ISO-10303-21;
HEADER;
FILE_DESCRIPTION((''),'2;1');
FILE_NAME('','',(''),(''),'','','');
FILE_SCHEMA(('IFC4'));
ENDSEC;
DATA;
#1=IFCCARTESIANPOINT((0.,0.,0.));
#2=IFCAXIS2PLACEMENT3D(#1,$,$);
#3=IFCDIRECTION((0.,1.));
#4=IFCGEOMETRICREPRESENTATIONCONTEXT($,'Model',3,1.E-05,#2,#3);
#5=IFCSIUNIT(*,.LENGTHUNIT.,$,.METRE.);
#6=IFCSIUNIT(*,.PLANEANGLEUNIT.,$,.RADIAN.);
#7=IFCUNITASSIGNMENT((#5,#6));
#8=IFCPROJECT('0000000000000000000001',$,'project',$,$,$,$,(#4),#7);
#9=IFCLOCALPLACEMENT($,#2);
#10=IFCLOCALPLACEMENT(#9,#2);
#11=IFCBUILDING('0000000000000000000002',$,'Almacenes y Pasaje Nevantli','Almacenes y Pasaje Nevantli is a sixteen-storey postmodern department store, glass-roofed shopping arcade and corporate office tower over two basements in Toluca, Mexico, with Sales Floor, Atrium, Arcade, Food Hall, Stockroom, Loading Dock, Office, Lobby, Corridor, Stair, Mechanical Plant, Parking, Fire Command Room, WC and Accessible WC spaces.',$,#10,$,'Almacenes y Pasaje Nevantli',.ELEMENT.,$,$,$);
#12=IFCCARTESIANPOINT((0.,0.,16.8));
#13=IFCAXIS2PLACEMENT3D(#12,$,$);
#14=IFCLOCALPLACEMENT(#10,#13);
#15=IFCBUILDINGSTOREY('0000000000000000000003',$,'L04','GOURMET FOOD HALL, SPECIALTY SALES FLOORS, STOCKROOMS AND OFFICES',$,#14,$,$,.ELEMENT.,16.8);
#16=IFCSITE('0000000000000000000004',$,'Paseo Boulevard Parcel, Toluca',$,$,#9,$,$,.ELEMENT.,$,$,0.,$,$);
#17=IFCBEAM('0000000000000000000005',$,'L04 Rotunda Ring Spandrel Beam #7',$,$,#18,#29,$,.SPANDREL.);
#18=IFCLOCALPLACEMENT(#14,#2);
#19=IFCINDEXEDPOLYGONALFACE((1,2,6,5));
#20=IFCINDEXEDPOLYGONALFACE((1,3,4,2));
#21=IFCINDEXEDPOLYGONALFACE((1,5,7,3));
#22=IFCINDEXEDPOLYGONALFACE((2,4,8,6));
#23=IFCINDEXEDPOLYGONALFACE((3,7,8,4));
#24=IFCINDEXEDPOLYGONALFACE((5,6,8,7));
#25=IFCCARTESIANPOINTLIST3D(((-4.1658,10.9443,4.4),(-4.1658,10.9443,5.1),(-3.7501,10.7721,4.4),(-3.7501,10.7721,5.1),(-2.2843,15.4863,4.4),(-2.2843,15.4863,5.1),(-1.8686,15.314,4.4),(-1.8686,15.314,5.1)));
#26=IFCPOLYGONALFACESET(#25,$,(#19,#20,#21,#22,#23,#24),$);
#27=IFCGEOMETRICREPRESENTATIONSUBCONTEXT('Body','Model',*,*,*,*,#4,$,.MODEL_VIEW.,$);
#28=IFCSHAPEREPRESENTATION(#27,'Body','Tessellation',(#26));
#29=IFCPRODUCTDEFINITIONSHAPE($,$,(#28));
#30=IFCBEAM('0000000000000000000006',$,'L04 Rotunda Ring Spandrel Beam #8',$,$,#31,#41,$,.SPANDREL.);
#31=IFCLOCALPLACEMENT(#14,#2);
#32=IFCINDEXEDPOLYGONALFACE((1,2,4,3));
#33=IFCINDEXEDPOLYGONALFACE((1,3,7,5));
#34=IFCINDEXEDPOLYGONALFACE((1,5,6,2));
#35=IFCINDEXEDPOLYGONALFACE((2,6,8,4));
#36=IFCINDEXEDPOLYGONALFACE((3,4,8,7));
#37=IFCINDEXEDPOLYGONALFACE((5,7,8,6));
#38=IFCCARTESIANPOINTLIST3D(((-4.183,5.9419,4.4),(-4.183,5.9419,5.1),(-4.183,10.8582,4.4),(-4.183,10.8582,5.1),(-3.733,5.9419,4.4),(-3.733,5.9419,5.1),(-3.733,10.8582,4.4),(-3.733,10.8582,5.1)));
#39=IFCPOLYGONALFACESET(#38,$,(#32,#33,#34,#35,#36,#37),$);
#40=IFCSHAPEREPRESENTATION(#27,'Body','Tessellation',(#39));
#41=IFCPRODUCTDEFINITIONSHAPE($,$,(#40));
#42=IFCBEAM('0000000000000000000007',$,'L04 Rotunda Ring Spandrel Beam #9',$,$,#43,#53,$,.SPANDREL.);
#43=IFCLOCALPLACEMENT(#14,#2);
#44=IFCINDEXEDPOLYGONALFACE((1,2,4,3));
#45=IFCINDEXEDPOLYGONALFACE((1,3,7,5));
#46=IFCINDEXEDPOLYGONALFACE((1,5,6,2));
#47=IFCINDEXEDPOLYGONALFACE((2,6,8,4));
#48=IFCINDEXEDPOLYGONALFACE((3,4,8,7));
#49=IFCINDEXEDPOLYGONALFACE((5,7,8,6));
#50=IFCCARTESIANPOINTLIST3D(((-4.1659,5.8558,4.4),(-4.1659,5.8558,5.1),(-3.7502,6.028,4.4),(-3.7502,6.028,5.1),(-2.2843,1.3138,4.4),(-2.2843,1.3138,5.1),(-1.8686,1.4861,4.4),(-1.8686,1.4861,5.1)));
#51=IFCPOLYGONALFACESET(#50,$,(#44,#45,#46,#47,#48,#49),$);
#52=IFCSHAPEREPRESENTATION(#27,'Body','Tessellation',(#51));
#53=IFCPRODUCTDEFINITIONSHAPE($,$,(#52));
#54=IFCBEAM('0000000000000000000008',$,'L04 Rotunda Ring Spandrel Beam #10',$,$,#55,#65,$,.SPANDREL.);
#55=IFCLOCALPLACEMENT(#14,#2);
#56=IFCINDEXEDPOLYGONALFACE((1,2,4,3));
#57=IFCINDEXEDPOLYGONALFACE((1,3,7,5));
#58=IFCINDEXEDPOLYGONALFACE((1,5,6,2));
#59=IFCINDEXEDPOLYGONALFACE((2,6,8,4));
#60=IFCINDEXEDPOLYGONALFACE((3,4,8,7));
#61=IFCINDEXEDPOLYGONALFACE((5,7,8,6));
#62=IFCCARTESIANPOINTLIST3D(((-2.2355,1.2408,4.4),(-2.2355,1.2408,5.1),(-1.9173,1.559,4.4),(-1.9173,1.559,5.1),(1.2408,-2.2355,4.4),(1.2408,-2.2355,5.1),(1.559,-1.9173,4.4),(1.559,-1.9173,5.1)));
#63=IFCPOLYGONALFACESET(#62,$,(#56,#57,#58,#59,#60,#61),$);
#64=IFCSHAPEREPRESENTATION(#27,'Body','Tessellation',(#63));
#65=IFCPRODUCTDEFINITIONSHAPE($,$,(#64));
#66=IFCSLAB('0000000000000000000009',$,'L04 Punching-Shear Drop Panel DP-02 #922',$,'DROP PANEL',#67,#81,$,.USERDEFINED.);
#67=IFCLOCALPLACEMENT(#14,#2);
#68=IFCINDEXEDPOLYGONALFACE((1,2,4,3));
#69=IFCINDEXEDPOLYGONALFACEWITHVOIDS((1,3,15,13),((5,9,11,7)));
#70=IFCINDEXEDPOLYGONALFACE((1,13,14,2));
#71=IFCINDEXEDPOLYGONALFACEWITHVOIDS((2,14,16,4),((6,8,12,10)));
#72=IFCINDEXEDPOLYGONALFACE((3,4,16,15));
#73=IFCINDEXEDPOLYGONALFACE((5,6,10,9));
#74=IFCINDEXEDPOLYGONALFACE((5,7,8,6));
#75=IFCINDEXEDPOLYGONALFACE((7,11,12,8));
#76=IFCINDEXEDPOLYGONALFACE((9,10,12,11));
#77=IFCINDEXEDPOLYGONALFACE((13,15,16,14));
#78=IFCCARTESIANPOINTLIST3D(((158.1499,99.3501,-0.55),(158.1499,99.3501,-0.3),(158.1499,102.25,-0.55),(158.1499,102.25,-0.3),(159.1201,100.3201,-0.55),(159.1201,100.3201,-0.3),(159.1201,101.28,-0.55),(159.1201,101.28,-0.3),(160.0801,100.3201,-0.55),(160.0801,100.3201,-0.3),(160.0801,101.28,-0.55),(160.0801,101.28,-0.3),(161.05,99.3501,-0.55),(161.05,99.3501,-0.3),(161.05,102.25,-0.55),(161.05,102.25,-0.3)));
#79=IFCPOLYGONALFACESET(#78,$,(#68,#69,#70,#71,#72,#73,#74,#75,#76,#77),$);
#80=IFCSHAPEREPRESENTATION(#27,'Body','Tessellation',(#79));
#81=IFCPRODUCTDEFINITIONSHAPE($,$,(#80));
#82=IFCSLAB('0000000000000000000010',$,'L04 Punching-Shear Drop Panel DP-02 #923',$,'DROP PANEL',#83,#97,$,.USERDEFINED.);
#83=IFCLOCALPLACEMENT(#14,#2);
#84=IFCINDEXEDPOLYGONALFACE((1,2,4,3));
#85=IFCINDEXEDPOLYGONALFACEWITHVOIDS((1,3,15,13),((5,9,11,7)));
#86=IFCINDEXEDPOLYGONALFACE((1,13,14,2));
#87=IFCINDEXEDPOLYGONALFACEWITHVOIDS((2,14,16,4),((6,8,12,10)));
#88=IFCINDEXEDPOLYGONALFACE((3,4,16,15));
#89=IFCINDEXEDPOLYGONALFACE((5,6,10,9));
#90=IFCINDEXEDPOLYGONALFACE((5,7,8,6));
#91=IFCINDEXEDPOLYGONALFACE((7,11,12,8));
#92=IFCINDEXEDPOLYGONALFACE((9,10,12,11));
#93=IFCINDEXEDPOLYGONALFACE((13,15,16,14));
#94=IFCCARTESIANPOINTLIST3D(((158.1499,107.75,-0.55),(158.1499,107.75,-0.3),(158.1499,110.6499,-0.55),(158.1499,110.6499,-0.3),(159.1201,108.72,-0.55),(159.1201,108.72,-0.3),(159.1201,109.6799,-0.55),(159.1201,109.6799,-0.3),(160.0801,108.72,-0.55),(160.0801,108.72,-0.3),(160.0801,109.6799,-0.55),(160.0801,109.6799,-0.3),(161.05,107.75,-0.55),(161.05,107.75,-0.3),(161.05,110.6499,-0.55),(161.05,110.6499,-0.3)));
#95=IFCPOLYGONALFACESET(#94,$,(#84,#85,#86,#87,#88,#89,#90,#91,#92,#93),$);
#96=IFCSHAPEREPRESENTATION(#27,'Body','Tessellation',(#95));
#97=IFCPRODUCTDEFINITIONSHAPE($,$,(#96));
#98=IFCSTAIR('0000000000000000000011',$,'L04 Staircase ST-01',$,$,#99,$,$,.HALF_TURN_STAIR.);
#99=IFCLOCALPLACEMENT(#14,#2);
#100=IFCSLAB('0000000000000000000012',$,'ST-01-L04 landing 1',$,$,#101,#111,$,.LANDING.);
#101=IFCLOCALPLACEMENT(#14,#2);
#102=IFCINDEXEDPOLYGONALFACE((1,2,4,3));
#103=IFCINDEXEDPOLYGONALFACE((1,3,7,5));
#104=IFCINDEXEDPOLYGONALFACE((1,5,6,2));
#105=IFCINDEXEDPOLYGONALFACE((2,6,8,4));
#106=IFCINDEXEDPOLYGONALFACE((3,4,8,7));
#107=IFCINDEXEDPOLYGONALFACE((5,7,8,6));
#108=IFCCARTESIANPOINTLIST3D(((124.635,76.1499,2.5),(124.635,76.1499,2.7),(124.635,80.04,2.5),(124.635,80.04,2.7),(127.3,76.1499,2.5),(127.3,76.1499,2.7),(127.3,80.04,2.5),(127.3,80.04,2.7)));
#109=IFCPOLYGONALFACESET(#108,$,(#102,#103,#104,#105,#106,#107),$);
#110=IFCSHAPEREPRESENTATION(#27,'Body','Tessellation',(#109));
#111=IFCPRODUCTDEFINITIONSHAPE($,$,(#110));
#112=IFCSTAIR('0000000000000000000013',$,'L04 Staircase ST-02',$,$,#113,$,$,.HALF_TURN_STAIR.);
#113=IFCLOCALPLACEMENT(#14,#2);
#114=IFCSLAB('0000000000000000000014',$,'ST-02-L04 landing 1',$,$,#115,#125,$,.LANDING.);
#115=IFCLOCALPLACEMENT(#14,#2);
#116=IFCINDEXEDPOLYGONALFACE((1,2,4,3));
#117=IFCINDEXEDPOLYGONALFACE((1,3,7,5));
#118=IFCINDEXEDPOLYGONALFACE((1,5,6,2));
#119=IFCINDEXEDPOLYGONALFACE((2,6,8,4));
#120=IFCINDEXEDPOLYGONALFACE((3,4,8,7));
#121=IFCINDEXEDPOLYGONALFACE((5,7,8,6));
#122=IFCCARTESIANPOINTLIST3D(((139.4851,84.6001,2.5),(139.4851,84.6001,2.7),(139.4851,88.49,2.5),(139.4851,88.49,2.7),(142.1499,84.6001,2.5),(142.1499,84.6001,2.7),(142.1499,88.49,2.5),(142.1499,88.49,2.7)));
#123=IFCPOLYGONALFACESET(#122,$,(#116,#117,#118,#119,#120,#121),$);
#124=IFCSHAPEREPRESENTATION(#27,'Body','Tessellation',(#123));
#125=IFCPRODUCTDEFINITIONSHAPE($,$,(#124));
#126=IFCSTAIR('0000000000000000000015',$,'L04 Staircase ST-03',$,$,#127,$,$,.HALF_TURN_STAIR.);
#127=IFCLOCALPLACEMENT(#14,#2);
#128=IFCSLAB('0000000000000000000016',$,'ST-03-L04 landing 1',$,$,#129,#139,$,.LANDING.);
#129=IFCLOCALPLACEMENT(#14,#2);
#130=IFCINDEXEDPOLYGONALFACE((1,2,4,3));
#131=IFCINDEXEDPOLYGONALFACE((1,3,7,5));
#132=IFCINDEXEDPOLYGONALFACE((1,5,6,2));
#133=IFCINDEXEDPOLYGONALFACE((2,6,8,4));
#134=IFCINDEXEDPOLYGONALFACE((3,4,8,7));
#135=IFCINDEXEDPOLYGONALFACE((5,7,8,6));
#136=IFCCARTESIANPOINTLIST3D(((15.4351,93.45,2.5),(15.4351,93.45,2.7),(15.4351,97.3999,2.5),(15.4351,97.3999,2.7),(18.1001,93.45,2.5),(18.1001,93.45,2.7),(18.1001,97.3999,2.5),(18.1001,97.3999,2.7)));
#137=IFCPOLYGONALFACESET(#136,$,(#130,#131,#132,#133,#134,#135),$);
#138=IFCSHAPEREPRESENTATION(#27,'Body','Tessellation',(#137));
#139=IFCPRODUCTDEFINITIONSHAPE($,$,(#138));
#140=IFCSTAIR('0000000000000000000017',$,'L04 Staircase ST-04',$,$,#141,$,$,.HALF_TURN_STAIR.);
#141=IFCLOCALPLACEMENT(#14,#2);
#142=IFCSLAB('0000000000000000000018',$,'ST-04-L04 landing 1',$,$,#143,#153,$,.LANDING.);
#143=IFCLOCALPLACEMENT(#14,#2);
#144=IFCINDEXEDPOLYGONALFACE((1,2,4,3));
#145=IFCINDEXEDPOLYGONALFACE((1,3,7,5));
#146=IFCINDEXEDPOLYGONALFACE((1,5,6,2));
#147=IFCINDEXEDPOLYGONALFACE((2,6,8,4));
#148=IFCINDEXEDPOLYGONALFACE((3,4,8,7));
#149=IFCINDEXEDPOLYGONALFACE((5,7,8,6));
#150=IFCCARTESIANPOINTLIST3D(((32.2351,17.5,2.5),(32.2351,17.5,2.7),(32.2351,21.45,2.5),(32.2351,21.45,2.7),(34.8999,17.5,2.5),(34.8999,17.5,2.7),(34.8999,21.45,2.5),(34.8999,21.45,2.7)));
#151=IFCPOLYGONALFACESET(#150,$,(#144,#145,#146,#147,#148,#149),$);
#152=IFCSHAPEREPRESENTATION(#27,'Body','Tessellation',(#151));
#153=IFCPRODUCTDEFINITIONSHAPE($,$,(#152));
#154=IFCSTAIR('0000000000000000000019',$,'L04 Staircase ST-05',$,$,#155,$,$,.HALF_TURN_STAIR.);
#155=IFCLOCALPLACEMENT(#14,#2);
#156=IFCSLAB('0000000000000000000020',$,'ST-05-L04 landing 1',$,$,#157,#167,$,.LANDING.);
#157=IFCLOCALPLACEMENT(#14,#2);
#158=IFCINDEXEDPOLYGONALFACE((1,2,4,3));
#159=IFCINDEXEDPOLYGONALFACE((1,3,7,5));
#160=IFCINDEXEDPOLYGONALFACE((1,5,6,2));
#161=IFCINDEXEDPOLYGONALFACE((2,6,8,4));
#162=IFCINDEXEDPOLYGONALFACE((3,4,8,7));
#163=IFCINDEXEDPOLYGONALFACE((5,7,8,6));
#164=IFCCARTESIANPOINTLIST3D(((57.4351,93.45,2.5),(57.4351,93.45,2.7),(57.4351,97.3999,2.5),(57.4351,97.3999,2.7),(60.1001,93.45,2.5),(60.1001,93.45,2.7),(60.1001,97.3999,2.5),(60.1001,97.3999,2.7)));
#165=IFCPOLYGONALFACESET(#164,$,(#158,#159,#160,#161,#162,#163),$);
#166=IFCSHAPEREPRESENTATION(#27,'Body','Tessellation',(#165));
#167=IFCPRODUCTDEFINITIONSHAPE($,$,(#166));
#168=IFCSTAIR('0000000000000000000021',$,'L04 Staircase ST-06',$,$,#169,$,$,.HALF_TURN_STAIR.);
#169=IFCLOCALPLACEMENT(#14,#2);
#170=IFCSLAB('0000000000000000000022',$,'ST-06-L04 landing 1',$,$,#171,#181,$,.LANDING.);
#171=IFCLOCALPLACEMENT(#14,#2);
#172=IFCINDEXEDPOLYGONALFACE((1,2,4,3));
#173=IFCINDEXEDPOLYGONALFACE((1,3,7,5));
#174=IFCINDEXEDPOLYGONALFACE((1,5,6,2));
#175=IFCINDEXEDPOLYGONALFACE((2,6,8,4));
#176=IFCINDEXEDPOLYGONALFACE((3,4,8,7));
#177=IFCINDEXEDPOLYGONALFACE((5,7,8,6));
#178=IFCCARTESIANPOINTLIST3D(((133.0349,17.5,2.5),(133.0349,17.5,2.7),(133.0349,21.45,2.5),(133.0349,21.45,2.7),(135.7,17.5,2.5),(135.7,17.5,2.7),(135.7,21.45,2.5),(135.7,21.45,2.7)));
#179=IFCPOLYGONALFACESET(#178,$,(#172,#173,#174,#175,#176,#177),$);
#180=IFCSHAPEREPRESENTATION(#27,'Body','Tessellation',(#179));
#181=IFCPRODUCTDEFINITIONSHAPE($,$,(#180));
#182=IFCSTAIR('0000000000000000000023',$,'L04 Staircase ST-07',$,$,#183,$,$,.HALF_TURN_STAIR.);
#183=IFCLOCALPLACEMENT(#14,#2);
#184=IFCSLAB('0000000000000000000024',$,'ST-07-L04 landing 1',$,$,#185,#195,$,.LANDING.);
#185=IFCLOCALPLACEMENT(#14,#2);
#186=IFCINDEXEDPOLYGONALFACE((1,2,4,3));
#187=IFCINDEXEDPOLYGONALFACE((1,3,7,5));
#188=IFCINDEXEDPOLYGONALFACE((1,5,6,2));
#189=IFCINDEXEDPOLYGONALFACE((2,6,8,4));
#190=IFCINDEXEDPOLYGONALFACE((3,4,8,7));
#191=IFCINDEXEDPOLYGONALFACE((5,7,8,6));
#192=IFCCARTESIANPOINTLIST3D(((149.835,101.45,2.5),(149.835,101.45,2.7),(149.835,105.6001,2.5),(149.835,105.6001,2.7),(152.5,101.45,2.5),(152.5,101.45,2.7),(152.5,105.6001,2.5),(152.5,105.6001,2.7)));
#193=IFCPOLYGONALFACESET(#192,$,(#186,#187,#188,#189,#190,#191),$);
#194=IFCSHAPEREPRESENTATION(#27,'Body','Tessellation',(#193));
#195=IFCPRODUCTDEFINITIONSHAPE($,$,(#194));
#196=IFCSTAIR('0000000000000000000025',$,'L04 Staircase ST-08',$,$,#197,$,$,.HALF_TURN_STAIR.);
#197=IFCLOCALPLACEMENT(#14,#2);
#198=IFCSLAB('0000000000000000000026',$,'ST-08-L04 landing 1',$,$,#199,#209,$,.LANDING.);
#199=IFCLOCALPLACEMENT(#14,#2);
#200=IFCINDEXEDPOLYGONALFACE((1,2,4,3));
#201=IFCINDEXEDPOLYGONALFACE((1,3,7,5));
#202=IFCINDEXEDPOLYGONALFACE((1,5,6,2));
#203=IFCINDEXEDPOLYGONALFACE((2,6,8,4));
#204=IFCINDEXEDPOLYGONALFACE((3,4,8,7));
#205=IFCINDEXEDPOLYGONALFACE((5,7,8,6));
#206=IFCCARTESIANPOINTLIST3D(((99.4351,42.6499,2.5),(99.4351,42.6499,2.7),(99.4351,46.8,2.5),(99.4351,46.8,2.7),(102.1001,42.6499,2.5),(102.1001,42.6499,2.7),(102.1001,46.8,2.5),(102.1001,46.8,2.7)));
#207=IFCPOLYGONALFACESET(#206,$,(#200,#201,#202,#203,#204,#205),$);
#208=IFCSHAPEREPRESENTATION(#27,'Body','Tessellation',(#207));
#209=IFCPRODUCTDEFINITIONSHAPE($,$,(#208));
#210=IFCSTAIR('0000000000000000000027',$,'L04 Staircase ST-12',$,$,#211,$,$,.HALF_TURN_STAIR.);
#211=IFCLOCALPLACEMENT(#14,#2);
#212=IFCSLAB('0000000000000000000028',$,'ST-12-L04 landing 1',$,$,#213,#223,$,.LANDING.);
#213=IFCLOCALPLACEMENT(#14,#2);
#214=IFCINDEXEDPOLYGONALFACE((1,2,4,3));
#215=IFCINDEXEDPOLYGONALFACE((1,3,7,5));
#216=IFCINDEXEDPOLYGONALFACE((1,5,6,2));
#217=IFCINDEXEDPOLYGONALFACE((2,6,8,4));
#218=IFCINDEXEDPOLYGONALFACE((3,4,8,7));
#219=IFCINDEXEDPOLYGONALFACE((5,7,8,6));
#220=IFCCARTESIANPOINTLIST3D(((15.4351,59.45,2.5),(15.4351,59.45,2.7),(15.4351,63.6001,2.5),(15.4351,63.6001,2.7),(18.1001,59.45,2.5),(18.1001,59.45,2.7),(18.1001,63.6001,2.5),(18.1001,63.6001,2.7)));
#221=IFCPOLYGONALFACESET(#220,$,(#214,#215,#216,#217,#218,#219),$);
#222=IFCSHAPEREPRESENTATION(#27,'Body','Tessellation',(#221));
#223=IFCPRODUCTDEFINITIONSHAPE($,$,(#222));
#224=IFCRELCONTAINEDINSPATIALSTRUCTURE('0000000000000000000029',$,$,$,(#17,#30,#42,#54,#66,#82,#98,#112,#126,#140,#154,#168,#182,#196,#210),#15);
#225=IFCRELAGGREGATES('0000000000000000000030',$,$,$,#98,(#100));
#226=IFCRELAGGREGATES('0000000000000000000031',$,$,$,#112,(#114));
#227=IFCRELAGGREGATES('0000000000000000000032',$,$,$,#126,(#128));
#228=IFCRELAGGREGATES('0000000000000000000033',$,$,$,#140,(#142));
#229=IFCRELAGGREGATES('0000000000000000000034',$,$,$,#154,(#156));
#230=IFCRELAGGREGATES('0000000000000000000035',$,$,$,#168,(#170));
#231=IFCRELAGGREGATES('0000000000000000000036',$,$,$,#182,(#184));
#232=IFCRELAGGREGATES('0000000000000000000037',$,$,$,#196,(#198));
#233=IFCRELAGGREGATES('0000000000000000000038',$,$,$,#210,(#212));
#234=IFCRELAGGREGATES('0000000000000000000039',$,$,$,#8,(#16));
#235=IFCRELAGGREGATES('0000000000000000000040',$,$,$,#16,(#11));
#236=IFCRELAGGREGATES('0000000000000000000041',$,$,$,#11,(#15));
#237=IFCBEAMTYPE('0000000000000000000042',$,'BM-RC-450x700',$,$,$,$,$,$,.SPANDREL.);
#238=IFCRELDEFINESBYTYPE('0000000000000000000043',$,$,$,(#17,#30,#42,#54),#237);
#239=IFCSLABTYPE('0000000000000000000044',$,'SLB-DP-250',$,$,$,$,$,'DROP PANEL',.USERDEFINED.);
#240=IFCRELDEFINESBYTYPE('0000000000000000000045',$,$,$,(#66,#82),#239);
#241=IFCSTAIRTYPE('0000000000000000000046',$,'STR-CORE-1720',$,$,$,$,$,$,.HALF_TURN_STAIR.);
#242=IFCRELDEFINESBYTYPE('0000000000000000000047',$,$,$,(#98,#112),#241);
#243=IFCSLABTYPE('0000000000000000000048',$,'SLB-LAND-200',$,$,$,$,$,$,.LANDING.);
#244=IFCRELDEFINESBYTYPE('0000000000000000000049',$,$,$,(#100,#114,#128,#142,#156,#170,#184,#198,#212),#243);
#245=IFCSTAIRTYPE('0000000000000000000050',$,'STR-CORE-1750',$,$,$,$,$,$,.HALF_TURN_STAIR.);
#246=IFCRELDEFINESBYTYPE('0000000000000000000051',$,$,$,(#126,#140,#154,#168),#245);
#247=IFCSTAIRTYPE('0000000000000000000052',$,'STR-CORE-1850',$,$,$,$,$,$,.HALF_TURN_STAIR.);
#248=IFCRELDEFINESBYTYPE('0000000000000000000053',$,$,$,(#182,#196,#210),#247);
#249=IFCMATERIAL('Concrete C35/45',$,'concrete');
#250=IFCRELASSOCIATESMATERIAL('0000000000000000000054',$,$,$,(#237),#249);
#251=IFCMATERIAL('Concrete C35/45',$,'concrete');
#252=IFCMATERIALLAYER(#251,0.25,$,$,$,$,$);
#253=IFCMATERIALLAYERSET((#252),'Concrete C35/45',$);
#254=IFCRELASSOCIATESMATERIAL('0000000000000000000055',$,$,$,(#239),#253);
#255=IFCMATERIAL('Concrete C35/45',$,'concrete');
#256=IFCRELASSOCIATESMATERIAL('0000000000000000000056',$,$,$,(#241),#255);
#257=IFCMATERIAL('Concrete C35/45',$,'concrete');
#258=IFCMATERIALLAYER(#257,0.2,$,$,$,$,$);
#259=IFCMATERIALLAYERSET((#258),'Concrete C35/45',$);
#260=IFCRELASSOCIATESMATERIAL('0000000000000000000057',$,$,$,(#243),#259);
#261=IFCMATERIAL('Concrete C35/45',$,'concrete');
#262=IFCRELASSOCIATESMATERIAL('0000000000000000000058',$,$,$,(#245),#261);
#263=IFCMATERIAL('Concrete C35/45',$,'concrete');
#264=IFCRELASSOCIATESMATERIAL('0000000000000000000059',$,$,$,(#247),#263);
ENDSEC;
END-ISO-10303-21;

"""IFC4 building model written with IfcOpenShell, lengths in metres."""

from ifc_helpers import new_model, si_unit, direction, frame, origin, origin_2d, place, context, subcontext, project, spatial, polyline, rectangle, outline, extrude, material, layer, layer_set, material_profile, profile_set, type_object, element, aggregate, save


model = new_model("IFC4")

# Units and contexts
model_context = context("Model", 3, precision=1e-05, world=origin(), true_north=direction((0.0, 1.0)))
body_context = subcontext(model_context, "Body", "Model", "MODEL_VIEW")
ifc_project = project(units=[si_unit("LENGTHUNIT", "METRE"), si_unit("PLANEANGLEUNIT", "RADIAN")], contexts=[model_context])

# Site, building, storey
site_placement = place(None, origin())
site = spatial("IfcSite", under=ifc_project, at=site_placement, Name="Paseo Boulevard Parcel, Toluca", CompositionType="ELEMENT", RefElevation=0.0)
building_placement = place(site_placement, origin())
building = spatial("IfcBuilding", under=site, at=building_placement, Name="Almacenes y Pasaje Nevantli", Description="Almacenes y Pasaje Nevantli is a sixteen-storey postmodern department store, glass-roofed shopping arcade and corporate office tower over two basements in Toluca, Mexico, with Sales Floor, Atrium, Arcade, Food Hall, Stockroom, Loading Dock, Office, Lobby, Corridor, Stair, Mechanical Plant, Parking, Fire Command Room, WC and Accessible WC spaces.", LongName="Almacenes y Pasaje Nevantli", CompositionType="ELEMENT")
storey_placement = place(building_placement, frame((0.0, 0.0, 16.8)))
storey = spatial("IfcBuildingStorey", under=building, at=storey_placement, Name="L04", Description="GOURMET FOOD HALL, SPECIALTY SALES FLOORS, STOCKROOMS AND OFFICES", CompositionType="ELEMENT", Elevation=16.8)

# Beams
ifc_material_1 = material(Name="Concrete C35/45", Category="concrete")
ifc_material_profile_1 = material_profile(ifc_material_1, rectangle(XDim=0.45, YDim=0.7, at=origin_2d()), Name="RC-BM-450x700")
ifc_profile_set_1 = profile_set([ifc_material_profile_1], Name="Concrete C35/45")
beam_type = type_object("IfcBeamType", Name="BM-RC-450x700", PredefinedType="SPANDREL", material=ifc_profile_set_1)
for number, where, z_axis, x_axis, name in (
    (1, (-2.0764, 15.4001, 4.75), (-0.382725, -0.923862, 0.0), (0.923862, -0.382725, 0.0), "L04 Rotunda Ring Spandrel Beam #7"),
    (2, (-3.958, 10.8582, 4.75), (0.0, -1.0, 0.0), (1.0, 0.0, 0.0), "L04 Rotunda Ring Spandrel Beam #8"),
    (3, (-3.958, 5.9419, 4.75), (0.382725, -0.923862, 0.0), (0.923862, 0.382725, 0.0), "L04 Rotunda Ring Spandrel Beam #9"),
    (4, (-2.0764, 1.3999, 4.75), (0.707107, -0.707107, 0.0), (0.707107, 0.707107, 0.0), "L04 Rotunda Ring Spandrel Beam #10"),
):
    element("IfcBeam", number, at=place(storey_placement, frame(where, z_axis=z_axis, x_axis=x_axis)), inside=storey, type_object=beam_type, Name=name, PredefinedType="SPANDREL", context=body_context, shape_type="SweptSolid", body=[
        extrude(rectangle(XDim=0.45, YDim=0.7, at=origin_2d()), origin(), (0.0, 0.0, 1.0), 4.9163),
    ])

# Slabs
ifc_material_2 = material(Name="Concrete C35/45", Category="concrete")
ifc_layer_1 = layer(ifc_material_2, 0.25)
ifc_layer_set_1 = layer_set([ifc_layer_1], Name="Concrete C35/45")
slab_type_1 = type_object("IfcSlabType", Name="SLB-DP-250", ElementType="DROP PANEL", PredefinedType="USERDEFINED", material=ifc_layer_set_1)
slab_1_placement = place(storey_placement, frame((0.0, 0.0, -0.55)))
element("IfcSlab", 5, at=slab_1_placement, inside=storey, type_object=slab_type_1, Name="L04 Punching-Shear Drop Panel DP-02 #922", ObjectType="DROP PANEL", PredefinedType="USERDEFINED", context=body_context, shape_type="SweptSolid", body=[
    extrude(outline(polyline([(158.1499, 99.3501), (161.05, 99.3501), (161.05, 102.25), (158.1499, 102.25), (158.1499, 99.3501)]), holes=[polyline([(159.1201, 100.3201), (160.0801, 100.3201), (160.0801, 101.28), (159.1201, 101.28), (159.1201, 100.3201)])]), origin(), (0.0, 0.0, 1.0), 0.25),
])
slab_2_placement = place(storey_placement, frame((0.0, 0.0, -0.55)))
element("IfcSlab", 6, at=slab_2_placement, inside=storey, type_object=slab_type_1, Name="L04 Punching-Shear Drop Panel DP-02 #923", ObjectType="DROP PANEL", PredefinedType="USERDEFINED", context=body_context, shape_type="SweptSolid", body=[
    extrude(outline(polyline([(158.1499, 107.75), (161.05, 107.75), (161.05, 110.6499), (158.1499, 110.6499), (158.1499, 107.75)]), holes=[polyline([(159.1201, 108.72), (160.0801, 108.72), (160.0801, 109.6799), (159.1201, 109.6799), (159.1201, 108.72)])]), origin(), (0.0, 0.0, 1.0), 0.25),
])

# Stairs, slabs
ifc_material_3 = material(Name="Concrete C35/45", Category="concrete")
stair_type_1 = type_object("IfcStairType", Name="STR-CORE-1720", PredefinedType="HALF_TURN_STAIR", material=ifc_material_3)
stair_1_placement = place(storey_placement, origin())
stair_1 = element("IfcStair", 7, at=stair_1_placement, inside=storey, type_object=stair_type_1, Name="L04 Staircase ST-01", PredefinedType="HALF_TURN_STAIR")
ifc_material_4 = material(Name="Concrete C35/45", Category="concrete")
ifc_layer_2 = layer(ifc_material_4, 0.2)
ifc_layer_set_2 = layer_set([ifc_layer_2], Name="Concrete C35/45")
slab_type_2 = type_object("IfcSlabType", Name="SLB-LAND-200", PredefinedType="LANDING", material=ifc_layer_set_2)
slab_3_placement = place(storey_placement, frame((0.0, 0.0, 2.5)))
slab_3 = element("IfcSlab", 8, at=slab_3_placement, type_object=slab_type_2, Name="ST-01-L04 landing 1", PredefinedType="LANDING", context=body_context, shape_type="SweptSolid", body=[
    extrude(outline(polyline([(124.635, 76.1499), (127.3, 76.1499), (127.3, 80.04), (124.635, 80.04), (124.635, 76.1499)])), origin(), (0.0, 0.0, 1.0), 0.2),
])
aggregate(stair_1, [slab_3])
stair_2_placement = place(storey_placement, origin())
stair_2 = element("IfcStair", 9, at=stair_2_placement, inside=storey, type_object=stair_type_1, Name="L04 Staircase ST-02", PredefinedType="HALF_TURN_STAIR")
slab_4_placement = place(storey_placement, frame((0.0, 0.0, 2.5)))
slab_4 = element("IfcSlab", 10, at=slab_4_placement, type_object=slab_type_2, Name="ST-02-L04 landing 1", PredefinedType="LANDING", context=body_context, shape_type="SweptSolid", body=[
    extrude(outline(polyline([(139.4851, 84.6001), (142.1499, 84.6001), (142.1499, 88.49), (139.4851, 88.49), (139.4851, 84.6001)])), origin(), (0.0, 0.0, 1.0), 0.2),
])
aggregate(stair_2, [slab_4])
ifc_material_5 = material(Name="Concrete C35/45", Category="concrete")
stair_type_2 = type_object("IfcStairType", Name="STR-CORE-1750", PredefinedType="HALF_TURN_STAIR", material=ifc_material_5)
stair_3_placement = place(storey_placement, origin())
stair_3 = element("IfcStair", 11, at=stair_3_placement, inside=storey, type_object=stair_type_2, Name="L04 Staircase ST-03", PredefinedType="HALF_TURN_STAIR")
slab_5_placement = place(storey_placement, frame((0.0, 0.0, 2.5)))
slab_5 = element("IfcSlab", 12, at=slab_5_placement, type_object=slab_type_2, Name="ST-03-L04 landing 1", PredefinedType="LANDING", context=body_context, shape_type="SweptSolid", body=[
    extrude(outline(polyline([(15.4351, 93.45), (18.1001, 93.45), (18.1001, 97.3999), (15.4351, 97.3999), (15.4351, 93.45)])), origin(), (0.0, 0.0, 1.0), 0.2),
])
aggregate(stair_3, [slab_5])
stair_4_placement = place(storey_placement, origin())
stair_4 = element("IfcStair", 13, at=stair_4_placement, inside=storey, type_object=stair_type_2, Name="L04 Staircase ST-04", PredefinedType="HALF_TURN_STAIR")
slab_6_placement = place(storey_placement, frame((0.0, 0.0, 2.5)))
slab_6 = element("IfcSlab", 14, at=slab_6_placement, type_object=slab_type_2, Name="ST-04-L04 landing 1", PredefinedType="LANDING", context=body_context, shape_type="SweptSolid", body=[
    extrude(outline(polyline([(32.2351, 17.5), (34.8999, 17.5), (34.8999, 21.45), (32.2351, 21.45), (32.2351, 17.5)])), origin(), (0.0, 0.0, 1.0), 0.2),
])
aggregate(stair_4, [slab_6])
stair_5_placement = place(storey_placement, origin())
stair_5 = element("IfcStair", 15, at=stair_5_placement, inside=storey, type_object=stair_type_2, Name="L04 Staircase ST-05", PredefinedType="HALF_TURN_STAIR")
slab_7_placement = place(storey_placement, frame((0.0, 0.0, 2.5)))
slab_7 = element("IfcSlab", 16, at=slab_7_placement, type_object=slab_type_2, Name="ST-05-L04 landing 1", PredefinedType="LANDING", context=body_context, shape_type="SweptSolid", body=[
    extrude(outline(polyline([(57.4351, 93.45), (60.1001, 93.45), (60.1001, 97.3999), (57.4351, 97.3999), (57.4351, 93.45)])), origin(), (0.0, 0.0, 1.0), 0.2),
])
aggregate(stair_5, [slab_7])
stair_6_placement = place(storey_placement, origin())
stair_6 = element("IfcStair", 17, at=stair_6_placement, inside=storey, type_object=stair_type_2, Name="L04 Staircase ST-06", PredefinedType="HALF_TURN_STAIR")
slab_8_placement = place(storey_placement, frame((0.0, 0.0, 2.5)))
slab_8 = element("IfcSlab", 18, at=slab_8_placement, type_object=slab_type_2, Name="ST-06-L04 landing 1", PredefinedType="LANDING", context=body_context, shape_type="SweptSolid", body=[
    extrude(outline(polyline([(133.0349, 17.5), (135.7, 17.5), (135.7, 21.45), (133.0349, 21.45), (133.0349, 17.5)])), origin(), (0.0, 0.0, 1.0), 0.2),
])
aggregate(stair_6, [slab_8])
ifc_material_6 = material(Name="Concrete C35/45", Category="concrete")
stair_type_3 = type_object("IfcStairType", Name="STR-CORE-1850", PredefinedType="HALF_TURN_STAIR", material=ifc_material_6)
stair_7_placement = place(storey_placement, origin())
stair_7 = element("IfcStair", 19, at=stair_7_placement, inside=storey, type_object=stair_type_3, Name="L04 Staircase ST-07", PredefinedType="HALF_TURN_STAIR")
slab_9_placement = place(storey_placement, frame((0.0, 0.0, 2.5)))
slab_9 = element("IfcSlab", 20, at=slab_9_placement, type_object=slab_type_2, Name="ST-07-L04 landing 1", PredefinedType="LANDING", context=body_context, shape_type="SweptSolid", body=[
    extrude(outline(polyline([(149.835, 101.45), (152.5, 101.45), (152.5, 105.6001), (149.835, 105.6001), (149.835, 101.45)])), origin(), (0.0, 0.0, 1.0), 0.2),
])
aggregate(stair_7, [slab_9])
stair_8_placement = place(storey_placement, origin())
stair_8 = element("IfcStair", 21, at=stair_8_placement, inside=storey, type_object=stair_type_3, Name="L04 Staircase ST-08", PredefinedType="HALF_TURN_STAIR")
slab_10_placement = place(storey_placement, frame((0.0, 0.0, 2.5)))
slab_10 = element("IfcSlab", 22, at=slab_10_placement, type_object=slab_type_2, Name="ST-08-L04 landing 1", PredefinedType="LANDING", context=body_context, shape_type="SweptSolid", body=[
    extrude(outline(polyline([(99.4351, 42.6499), (102.1001, 42.6499), (102.1001, 46.8), (99.4351, 46.8), (99.4351, 42.6499)])), origin(), (0.0, 0.0, 1.0), 0.2),
])
aggregate(stair_8, [slab_10])
stair_9_placement = place(storey_placement, origin())
stair_9 = element("IfcStair", 23, at=stair_9_placement, inside=storey, type_object=stair_type_3, Name="L04 Staircase ST-12", PredefinedType="HALF_TURN_STAIR")
slab_11_placement = place(storey_placement, frame((0.0, 0.0, 2.5)))
slab_11 = element("IfcSlab", 24, at=slab_11_placement, type_object=slab_type_2, Name="ST-12-L04 landing 1", PredefinedType="LANDING", context=body_context, shape_type="SweptSolid", body=[
    extrude(outline(polyline([(15.4351, 59.45), (18.1001, 59.45), (18.1001, 63.6001), (15.4351, 63.6001), (15.4351, 59.45)])), origin(), (0.0, 0.0, 1.0), 0.2),
])
aggregate(stair_9, [slab_11])

save(model, "model.ifc")
